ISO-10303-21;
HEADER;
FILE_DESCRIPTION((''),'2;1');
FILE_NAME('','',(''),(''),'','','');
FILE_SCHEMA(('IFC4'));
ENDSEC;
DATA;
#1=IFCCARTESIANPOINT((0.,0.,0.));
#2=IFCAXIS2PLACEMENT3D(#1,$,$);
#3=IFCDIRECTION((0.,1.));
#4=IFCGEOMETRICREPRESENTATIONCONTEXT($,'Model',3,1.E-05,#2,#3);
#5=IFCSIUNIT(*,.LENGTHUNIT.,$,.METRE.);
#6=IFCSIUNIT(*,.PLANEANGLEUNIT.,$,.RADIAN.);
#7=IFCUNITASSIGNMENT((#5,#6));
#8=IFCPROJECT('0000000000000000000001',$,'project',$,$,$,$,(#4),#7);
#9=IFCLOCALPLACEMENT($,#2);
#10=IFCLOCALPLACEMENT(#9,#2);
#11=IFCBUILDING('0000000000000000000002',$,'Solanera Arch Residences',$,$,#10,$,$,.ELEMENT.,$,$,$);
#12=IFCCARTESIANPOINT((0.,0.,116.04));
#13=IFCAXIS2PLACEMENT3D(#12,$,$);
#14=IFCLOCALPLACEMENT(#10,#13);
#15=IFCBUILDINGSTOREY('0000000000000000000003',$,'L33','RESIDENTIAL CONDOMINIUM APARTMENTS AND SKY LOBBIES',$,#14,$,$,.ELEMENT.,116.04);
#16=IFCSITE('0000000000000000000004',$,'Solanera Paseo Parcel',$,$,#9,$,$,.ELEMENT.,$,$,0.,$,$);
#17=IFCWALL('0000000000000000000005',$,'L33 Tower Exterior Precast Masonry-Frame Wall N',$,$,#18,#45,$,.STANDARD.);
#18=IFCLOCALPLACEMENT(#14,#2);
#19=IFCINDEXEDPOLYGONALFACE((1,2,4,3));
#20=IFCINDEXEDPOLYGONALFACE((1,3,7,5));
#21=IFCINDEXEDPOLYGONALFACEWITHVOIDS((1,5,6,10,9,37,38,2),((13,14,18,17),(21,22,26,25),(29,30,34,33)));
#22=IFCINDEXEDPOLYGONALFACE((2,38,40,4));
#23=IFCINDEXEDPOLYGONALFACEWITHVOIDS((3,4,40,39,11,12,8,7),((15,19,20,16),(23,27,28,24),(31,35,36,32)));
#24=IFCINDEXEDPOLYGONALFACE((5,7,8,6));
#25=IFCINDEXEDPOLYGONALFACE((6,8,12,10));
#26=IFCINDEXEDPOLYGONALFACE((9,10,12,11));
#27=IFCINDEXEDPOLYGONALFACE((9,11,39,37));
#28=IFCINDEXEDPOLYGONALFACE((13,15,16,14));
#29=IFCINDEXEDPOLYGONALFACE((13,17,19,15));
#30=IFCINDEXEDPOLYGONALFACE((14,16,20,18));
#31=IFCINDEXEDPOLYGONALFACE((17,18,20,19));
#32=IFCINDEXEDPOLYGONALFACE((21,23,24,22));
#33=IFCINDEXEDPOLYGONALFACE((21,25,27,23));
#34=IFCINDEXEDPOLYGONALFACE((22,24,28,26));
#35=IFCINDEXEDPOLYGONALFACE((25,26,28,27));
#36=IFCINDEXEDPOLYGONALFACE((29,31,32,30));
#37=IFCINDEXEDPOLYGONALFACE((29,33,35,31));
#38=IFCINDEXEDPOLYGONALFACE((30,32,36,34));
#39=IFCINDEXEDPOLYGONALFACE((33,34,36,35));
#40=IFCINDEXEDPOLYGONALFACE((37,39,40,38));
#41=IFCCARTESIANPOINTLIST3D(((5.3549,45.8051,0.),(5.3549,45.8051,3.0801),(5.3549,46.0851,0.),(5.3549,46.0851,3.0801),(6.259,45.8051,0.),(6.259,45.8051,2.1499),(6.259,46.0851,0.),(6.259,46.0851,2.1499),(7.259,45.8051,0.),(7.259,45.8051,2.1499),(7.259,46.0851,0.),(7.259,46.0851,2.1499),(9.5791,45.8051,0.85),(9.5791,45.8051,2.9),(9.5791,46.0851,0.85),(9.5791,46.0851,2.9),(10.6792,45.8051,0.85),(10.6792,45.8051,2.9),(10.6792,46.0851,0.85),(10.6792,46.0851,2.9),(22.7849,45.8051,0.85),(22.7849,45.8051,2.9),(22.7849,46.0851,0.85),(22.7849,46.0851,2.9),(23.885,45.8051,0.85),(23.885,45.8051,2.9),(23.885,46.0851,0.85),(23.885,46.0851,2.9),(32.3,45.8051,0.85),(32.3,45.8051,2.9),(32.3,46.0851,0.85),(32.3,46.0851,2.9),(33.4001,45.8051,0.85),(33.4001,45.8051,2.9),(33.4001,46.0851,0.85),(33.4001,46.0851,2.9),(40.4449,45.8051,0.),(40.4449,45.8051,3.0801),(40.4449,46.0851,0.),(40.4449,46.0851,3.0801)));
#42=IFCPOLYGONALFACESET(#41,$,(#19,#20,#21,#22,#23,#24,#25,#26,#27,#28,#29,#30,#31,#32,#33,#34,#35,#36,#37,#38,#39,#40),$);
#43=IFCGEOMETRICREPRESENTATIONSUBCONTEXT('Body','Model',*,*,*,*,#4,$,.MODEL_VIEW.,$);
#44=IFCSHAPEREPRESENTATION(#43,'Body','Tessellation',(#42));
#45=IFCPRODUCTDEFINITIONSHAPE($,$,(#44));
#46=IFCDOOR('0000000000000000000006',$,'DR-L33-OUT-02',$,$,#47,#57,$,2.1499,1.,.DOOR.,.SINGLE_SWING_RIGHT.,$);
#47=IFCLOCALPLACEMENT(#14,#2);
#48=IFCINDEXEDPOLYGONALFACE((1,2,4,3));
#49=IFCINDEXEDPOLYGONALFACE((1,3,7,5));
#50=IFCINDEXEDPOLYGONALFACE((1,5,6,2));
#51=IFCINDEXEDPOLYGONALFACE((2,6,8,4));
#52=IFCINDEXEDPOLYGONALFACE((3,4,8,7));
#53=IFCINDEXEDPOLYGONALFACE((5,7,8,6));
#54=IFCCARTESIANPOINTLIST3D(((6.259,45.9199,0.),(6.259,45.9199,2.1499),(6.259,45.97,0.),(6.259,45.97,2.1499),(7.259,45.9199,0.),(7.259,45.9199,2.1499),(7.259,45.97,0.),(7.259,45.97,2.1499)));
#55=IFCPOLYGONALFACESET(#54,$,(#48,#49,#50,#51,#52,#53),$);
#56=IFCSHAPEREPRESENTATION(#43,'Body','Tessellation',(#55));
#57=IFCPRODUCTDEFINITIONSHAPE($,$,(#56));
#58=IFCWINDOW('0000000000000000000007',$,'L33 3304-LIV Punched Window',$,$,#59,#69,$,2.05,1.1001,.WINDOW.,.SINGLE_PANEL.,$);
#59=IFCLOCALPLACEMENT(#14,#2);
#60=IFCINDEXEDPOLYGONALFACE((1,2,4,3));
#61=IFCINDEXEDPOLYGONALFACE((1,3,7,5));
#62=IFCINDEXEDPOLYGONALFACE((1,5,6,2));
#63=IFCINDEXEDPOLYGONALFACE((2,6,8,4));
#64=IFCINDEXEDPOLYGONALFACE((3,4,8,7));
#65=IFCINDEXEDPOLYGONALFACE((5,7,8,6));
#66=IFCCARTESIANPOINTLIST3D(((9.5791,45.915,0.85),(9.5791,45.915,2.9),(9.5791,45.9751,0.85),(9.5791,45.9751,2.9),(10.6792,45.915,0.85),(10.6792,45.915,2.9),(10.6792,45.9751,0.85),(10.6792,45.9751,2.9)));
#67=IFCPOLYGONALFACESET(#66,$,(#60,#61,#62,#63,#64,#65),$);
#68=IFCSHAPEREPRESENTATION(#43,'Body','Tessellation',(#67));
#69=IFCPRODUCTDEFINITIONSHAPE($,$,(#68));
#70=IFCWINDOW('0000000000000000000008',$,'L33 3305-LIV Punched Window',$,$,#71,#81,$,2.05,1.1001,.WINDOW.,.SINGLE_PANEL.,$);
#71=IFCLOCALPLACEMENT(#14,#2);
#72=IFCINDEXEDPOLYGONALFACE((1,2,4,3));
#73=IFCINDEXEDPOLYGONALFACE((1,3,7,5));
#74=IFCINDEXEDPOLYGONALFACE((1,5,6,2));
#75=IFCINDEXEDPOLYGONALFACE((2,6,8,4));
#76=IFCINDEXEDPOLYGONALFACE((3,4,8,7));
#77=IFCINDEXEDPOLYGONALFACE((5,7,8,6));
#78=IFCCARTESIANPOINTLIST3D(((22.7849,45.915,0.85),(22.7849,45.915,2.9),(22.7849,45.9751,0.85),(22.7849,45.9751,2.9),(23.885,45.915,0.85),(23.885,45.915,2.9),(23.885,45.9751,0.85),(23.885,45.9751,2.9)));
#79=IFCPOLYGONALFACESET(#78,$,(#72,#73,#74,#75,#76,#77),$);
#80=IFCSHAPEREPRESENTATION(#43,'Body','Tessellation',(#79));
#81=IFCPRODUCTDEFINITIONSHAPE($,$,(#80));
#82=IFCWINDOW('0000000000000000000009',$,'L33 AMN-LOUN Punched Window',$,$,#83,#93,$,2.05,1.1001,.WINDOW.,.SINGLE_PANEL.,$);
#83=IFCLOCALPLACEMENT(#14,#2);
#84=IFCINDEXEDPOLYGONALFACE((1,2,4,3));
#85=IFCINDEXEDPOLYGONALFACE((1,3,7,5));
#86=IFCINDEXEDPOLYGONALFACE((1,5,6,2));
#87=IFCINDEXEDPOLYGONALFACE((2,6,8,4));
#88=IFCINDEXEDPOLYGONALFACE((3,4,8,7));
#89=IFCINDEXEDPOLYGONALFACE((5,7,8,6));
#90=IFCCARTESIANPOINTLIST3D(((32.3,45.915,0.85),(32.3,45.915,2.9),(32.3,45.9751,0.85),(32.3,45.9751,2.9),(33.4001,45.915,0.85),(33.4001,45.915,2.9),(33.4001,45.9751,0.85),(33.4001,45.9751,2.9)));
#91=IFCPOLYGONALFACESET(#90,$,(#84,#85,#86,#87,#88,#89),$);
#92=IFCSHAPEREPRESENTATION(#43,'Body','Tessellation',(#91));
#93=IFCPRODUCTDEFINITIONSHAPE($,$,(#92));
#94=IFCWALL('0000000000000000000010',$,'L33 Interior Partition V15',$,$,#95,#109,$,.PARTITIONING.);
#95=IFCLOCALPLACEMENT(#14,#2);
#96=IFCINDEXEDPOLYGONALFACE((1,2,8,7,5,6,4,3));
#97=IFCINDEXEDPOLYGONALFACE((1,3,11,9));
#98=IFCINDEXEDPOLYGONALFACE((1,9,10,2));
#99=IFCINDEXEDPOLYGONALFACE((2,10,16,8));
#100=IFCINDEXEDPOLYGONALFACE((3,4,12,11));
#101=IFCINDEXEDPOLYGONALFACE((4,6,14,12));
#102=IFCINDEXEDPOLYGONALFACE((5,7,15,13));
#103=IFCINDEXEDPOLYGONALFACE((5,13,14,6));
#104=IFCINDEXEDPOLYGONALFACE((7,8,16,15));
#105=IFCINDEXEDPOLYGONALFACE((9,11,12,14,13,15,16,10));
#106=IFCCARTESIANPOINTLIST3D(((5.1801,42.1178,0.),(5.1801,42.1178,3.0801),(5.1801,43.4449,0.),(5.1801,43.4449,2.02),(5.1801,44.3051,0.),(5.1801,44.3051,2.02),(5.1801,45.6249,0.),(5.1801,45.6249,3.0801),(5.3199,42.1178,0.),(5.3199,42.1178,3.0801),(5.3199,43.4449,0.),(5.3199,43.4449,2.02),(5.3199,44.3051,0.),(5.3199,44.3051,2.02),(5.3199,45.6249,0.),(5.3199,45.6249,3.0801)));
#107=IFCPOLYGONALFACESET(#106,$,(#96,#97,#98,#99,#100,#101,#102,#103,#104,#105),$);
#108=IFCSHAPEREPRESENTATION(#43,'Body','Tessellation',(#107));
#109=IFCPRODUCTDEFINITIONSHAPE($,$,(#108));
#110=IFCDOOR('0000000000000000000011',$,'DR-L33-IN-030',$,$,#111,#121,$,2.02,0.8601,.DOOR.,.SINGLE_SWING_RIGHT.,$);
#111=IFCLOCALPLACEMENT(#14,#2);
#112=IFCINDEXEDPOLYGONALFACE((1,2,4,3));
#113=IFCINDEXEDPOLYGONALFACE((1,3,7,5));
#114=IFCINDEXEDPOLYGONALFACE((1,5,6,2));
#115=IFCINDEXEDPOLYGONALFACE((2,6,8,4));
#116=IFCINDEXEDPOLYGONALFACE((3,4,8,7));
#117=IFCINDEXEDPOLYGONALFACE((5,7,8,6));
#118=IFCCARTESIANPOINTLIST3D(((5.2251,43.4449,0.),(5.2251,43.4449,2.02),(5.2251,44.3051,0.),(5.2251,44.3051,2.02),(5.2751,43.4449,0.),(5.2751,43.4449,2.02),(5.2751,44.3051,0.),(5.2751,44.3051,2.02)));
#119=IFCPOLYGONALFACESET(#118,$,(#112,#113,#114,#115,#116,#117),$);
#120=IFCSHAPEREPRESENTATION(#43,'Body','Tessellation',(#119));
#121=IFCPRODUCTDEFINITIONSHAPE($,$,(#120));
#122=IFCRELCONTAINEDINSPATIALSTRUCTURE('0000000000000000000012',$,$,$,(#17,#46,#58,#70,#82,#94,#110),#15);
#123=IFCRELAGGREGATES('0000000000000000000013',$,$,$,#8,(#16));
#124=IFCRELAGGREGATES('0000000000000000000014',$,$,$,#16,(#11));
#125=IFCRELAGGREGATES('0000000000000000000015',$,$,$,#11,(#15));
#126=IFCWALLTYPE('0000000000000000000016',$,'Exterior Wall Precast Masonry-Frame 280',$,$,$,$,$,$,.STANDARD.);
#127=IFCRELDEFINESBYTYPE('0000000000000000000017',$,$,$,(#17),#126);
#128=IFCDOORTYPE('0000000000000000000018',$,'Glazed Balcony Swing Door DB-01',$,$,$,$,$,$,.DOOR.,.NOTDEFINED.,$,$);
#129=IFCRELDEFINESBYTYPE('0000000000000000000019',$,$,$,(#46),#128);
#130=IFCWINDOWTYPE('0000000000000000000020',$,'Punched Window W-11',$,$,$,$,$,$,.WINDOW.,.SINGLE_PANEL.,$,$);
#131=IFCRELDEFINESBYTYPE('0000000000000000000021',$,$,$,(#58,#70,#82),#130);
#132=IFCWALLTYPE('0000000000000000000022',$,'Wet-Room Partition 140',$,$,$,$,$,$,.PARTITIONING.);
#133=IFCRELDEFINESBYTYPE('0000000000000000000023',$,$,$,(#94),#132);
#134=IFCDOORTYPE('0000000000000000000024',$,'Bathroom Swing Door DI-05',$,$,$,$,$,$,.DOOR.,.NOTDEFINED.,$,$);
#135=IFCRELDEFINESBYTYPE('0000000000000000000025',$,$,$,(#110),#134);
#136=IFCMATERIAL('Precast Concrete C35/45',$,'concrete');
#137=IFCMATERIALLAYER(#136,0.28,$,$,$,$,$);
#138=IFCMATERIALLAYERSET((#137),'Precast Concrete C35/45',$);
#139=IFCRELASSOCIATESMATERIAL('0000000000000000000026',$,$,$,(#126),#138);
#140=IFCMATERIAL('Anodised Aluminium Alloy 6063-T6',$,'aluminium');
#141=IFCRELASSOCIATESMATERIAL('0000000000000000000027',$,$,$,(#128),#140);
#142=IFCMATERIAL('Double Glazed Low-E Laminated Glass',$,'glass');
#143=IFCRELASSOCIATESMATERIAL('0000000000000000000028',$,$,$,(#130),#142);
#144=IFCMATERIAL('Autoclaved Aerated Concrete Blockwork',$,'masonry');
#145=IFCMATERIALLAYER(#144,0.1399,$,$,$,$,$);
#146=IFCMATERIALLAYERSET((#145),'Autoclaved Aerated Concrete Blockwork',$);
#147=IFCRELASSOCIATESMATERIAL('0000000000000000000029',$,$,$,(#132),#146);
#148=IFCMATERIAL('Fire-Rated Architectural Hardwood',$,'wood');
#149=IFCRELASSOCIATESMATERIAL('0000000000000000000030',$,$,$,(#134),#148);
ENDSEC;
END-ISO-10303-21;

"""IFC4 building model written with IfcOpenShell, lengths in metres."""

from ifc_helpers import new_model, si_unit, direction, frame, frame_2d, origin, place, context, subcontext, project, spatial, rectangle, extrude, material, layer, layer_set, type_object, element, fill, save


model = new_model("IFC4")

# Units and contexts
model_context = context("Model", 3, precision=1e-05, world=origin(), true_north=direction((0.0, 1.0)))
body_context = subcontext(model_context, "Body", "Model", "MODEL_VIEW")
ifc_project = project(units=[si_unit("LENGTHUNIT", "METRE"), si_unit("PLANEANGLEUNIT", "RADIAN")], contexts=[model_context])

# Site, building, storey
site_placement = place(None, origin())
site = spatial("IfcSite", under=ifc_project, at=site_placement, Name="Solanera Paseo Parcel", CompositionType="ELEMENT", RefElevation=0.0)
building_placement = place(site_placement, origin())
building = spatial("IfcBuilding", under=site, at=building_placement, Name="Solanera Arch Residences", CompositionType="ELEMENT")
storey_placement = place(building_placement, frame((0.0, 0.0, 116.04)))
storey = spatial("IfcBuildingStorey", under=building, at=storey_placement, Name="L33", Description="RESIDENTIAL CONDOMINIUM APARTMENTS AND SKY LOBBIES", CompositionType="ELEMENT", Elevation=116.04)

# Wall, openings, door, windows
ifc_material_1 = material(Name="Precast Concrete C35/45", Category="concrete")
ifc_layer_1 = layer(ifc_material_1, 0.28)
ifc_layer_set_1 = layer_set([ifc_layer_1], Name="Precast Concrete C35/45")
wall_type_1 = type_object("IfcWallType", Name="Exterior Wall Precast Masonry-Frame 280", PredefinedType="STANDARD", material=ifc_layer_set_1)
wall_1_placement = place(storey_placement, frame((5.355, 45.9451, 0.0), z_axis=(0.0, 0.0, 1.0), x_axis=(1.0, 0.0, 0.0)))
wall_1 = element("IfcWall", 1, at=wall_1_placement, inside=storey, type_object=wall_type_1, Name="L33 Tower Exterior Precast Masonry-Frame Wall N", PredefinedType="STANDARD", context=body_context, shape_type="SweptSolid", body=[
    extrude(rectangle(XDim=35.0901, YDim=0.28, at=frame_2d((17.5449, 0.0))), origin(), (0.0, 0.0, 1.0), 3.0801),
])
opening_1_placement = place(wall_1_placement, frame((0.9041, 0.0, 0.0)))
opening_1 = element("IfcOpeningElement", 2, at=opening_1_placement, cuts=wall_1, PredefinedType="OPENING", context=body_context, shape_type="SweptSolid", body=[
    extrude(rectangle(XDim=1.0, YDim=2.1499, at=frame_2d((0.5, 1.075))), frame((0.0, 0.1499, 0.0), z_axis=(0.0, -1.0, 0.0), x_axis=(1.0, 0.0, 0.0)), (0.0, 0.0, 1.0), 0.3),
])
opening_2_placement = place(wall_1_placement, frame((4.2241, 0.0, 0.8501)))
opening_2 = element("IfcOpeningElement", 3, at=opening_2_placement, cuts=wall_1, PredefinedType="OPENING", context=body_context, shape_type="SweptSolid", body=[
    extrude(rectangle(XDim=1.1001, YDim=2.05, at=frame_2d((0.55, 1.0249))), frame((0.0, 0.1499, 0.0), z_axis=(0.0, -1.0, 0.0), x_axis=(1.0, 0.0, 0.0)), (0.0, 0.0, 1.0), 0.3),
])
opening_3_placement = place(wall_1_placement, frame((17.4299, 0.0, 0.8501)))
opening_3 = element("IfcOpeningElement", 4, at=opening_3_placement, cuts=wall_1, PredefinedType="OPENING", context=body_context, shape_type="SweptSolid", body=[
    extrude(rectangle(XDim=1.1001, YDim=2.05, at=frame_2d((0.55, 1.0249))), frame((0.0, 0.1499, 0.0), z_axis=(0.0, -1.0, 0.0), x_axis=(1.0, 0.0, 0.0)), (0.0, 0.0, 1.0), 0.3),
])
opening_4_placement = place(wall_1_placement, frame((26.9451, 0.0, 0.8501)))
opening_4 = element("IfcOpeningElement", 5, at=opening_4_placement, cuts=wall_1, PredefinedType="OPENING", context=body_context, shape_type="SweptSolid", body=[
    extrude(rectangle(XDim=1.1001, YDim=2.05, at=frame_2d((0.55, 1.0249))), frame((0.0, 0.1499, 0.0), z_axis=(0.0, -1.0, 0.0), x_axis=(1.0, 0.0, 0.0)), (0.0, 0.0, 1.0), 0.3),
])
ifc_material_2 = material(Name="Anodised Aluminium Alloy 6063-T6", Category="aluminium")
door_type_1 = type_object("IfcDoorType", Name="Glazed Balcony Swing Door DB-01", OperationType="NOTDEFINED", PredefinedType="DOOR", material=ifc_material_2)
door_1_placement = place(opening_1_placement, origin())
door_1 = element("IfcDoor", 6, at=door_1_placement, inside=storey, type_object=door_type_1, Name="DR-L33-OUT-02", OperationType="SINGLE_SWING_RIGHT", OverallHeight=2.1499, OverallWidth=1.0, PredefinedType="DOOR", context=body_context, shape_type="SweptSolid", body=[
    extrude(rectangle(XDim=1.0, YDim=2.1499, at=frame_2d((0.5, 1.075))), frame((0.0, 0.0249, 0.0), z_axis=(0.0, -1.0, 0.0), x_axis=(1.0, 0.0, 0.0)), (0.0, 0.0, 1.0), 0.05),
])
fill(opening_1, door_1)
ifc_material_3 = material(Name="Double Glazed Low-E Laminated Glass", Category="glass")
window_type = type_object("IfcWindowType", Name="Punched Window W-11", PartitioningType="SINGLE_PANEL", PredefinedType="WINDOW", material=ifc_material_3)
window_1_placement = place(opening_2_placement, origin())
window_1 = element("IfcWindow", 7, at=window_1_placement, inside=storey, type_object=window_type, Name="L33 3304-LIV Punched Window", OverallHeight=2.05, OverallWidth=1.1001, PartitioningType="SINGLE_PANEL", PredefinedType="WINDOW", context=body_context, shape_type="SweptSolid", body=[
    extrude(rectangle(XDim=1.1001, YDim=2.05, at=frame_2d((0.55, 1.0249))), frame((0.0, 0.03, 0.0), z_axis=(0.0, -1.0, 0.0), x_axis=(1.0, 0.0, 0.0)), (0.0, 0.0, 1.0), 0.0601),
])
fill(opening_2, window_1)
window_2_placement = place(opening_3_placement, origin())
window_2 = element("IfcWindow", 8, at=window_2_placement, inside=storey, type_object=window_type, Name="L33 3305-LIV Punched Window", OverallHeight=2.05, OverallWidth=1.1001, PartitioningType="SINGLE_PANEL", PredefinedType="WINDOW", context=body_context, shape_type="SweptSolid", body=[
    extrude(rectangle(XDim=1.1001, YDim=2.05, at=frame_2d((0.55, 1.0249))), frame((0.0, 0.03, 0.0), z_axis=(0.0, -1.0, 0.0), x_axis=(1.0, 0.0, 0.0)), (0.0, 0.0, 1.0), 0.0601),
])
fill(opening_3, window_2)
window_3_placement = place(opening_4_placement, origin())
window_3 = element("IfcWindow", 9, at=window_3_placement, inside=storey, type_object=window_type, Name="L33 AMN-LOUN Punched Window", OverallHeight=2.05, OverallWidth=1.1001, PartitioningType="SINGLE_PANEL", PredefinedType="WINDOW", context=body_context, shape_type="SweptSolid", body=[
    extrude(rectangle(XDim=1.1001, YDim=2.05, at=frame_2d((0.55, 1.0249))), frame((0.0, 0.03, 0.0), z_axis=(0.0, -1.0, 0.0), x_axis=(1.0, 0.0, 0.0)), (0.0, 0.0, 1.0), 0.0601),
])
fill(opening_4, window_3)

# Wall, opening, door
ifc_material_4 = material(Name="Autoclaved Aerated Concrete Blockwork", Category="masonry")
ifc_layer_2 = layer(ifc_material_4, 0.1399)
ifc_layer_set_2 = layer_set([ifc_layer_2], Name="Autoclaved Aerated Concrete Blockwork")
wall_type_2 = type_object("IfcWallType", Name="Wet-Room Partition 140", PredefinedType="PARTITIONING", material=ifc_layer_set_2)
wall_2_placement = place(storey_placement, frame((5.25, 42.1179, 0.0), z_axis=(0.0, 0.0, 1.0), x_axis=(0.0, 1.0, 0.0)))
wall_2 = element("IfcWall", 10, at=wall_2_placement, inside=storey, type_object=wall_type_2, Name="L33 Interior Partition V15", PredefinedType="PARTITIONING", context=body_context, shape_type="SweptSolid", body=[
    extrude(rectangle(XDim=3.5071, YDim=0.1399, at=frame_2d((1.7534, 0.0))), origin(), (0.0, 0.0, 1.0), 3.0801),
])
opening_5_placement = place(wall_2_placement, frame((1.3269, 0.0, 0.0)))
opening_5 = element("IfcOpeningElement", 11, at=opening_5_placement, cuts=wall_2, PredefinedType="OPENING", context=body_context, shape_type="SweptSolid", body=[
    extrude(rectangle(XDim=0.8601, YDim=2.02, at=frame_2d((0.4302, 1.01))), frame((0.0, 0.0798, 0.0), z_axis=(0.0, -1.0, 0.0), x_axis=(1.0, 0.0, 0.0)), (0.0, 0.0, 1.0), 0.1599),
])
ifc_material_5 = material(Name="Fire-Rated Architectural Hardwood", Category="wood")
door_type_2 = type_object("IfcDoorType", Name="Bathroom Swing Door DI-05", OperationType="NOTDEFINED", PredefinedType="DOOR", material=ifc_material_5)
door_2_placement = place(opening_5_placement, origin())
door_2 = element("IfcDoor", 12, at=door_2_placement, inside=storey, type_object=door_type_2, Name="DR-L33-IN-030", OperationType="SINGLE_SWING_RIGHT", OverallHeight=2.02, OverallWidth=0.8601, PredefinedType="DOOR", context=body_context, shape_type="SweptSolid", body=[
    extrude(rectangle(XDim=0.8601, YDim=2.02, at=frame_2d((0.4302, 1.01))), frame((0.0, 0.0249, 0.0), z_axis=(0.0, -1.0, 0.0), x_axis=(1.0, 0.0, 0.0)), (0.0, 0.0, 1.0), 0.05),
])
fill(opening_5, door_2)

save(model, "model.ifc")
